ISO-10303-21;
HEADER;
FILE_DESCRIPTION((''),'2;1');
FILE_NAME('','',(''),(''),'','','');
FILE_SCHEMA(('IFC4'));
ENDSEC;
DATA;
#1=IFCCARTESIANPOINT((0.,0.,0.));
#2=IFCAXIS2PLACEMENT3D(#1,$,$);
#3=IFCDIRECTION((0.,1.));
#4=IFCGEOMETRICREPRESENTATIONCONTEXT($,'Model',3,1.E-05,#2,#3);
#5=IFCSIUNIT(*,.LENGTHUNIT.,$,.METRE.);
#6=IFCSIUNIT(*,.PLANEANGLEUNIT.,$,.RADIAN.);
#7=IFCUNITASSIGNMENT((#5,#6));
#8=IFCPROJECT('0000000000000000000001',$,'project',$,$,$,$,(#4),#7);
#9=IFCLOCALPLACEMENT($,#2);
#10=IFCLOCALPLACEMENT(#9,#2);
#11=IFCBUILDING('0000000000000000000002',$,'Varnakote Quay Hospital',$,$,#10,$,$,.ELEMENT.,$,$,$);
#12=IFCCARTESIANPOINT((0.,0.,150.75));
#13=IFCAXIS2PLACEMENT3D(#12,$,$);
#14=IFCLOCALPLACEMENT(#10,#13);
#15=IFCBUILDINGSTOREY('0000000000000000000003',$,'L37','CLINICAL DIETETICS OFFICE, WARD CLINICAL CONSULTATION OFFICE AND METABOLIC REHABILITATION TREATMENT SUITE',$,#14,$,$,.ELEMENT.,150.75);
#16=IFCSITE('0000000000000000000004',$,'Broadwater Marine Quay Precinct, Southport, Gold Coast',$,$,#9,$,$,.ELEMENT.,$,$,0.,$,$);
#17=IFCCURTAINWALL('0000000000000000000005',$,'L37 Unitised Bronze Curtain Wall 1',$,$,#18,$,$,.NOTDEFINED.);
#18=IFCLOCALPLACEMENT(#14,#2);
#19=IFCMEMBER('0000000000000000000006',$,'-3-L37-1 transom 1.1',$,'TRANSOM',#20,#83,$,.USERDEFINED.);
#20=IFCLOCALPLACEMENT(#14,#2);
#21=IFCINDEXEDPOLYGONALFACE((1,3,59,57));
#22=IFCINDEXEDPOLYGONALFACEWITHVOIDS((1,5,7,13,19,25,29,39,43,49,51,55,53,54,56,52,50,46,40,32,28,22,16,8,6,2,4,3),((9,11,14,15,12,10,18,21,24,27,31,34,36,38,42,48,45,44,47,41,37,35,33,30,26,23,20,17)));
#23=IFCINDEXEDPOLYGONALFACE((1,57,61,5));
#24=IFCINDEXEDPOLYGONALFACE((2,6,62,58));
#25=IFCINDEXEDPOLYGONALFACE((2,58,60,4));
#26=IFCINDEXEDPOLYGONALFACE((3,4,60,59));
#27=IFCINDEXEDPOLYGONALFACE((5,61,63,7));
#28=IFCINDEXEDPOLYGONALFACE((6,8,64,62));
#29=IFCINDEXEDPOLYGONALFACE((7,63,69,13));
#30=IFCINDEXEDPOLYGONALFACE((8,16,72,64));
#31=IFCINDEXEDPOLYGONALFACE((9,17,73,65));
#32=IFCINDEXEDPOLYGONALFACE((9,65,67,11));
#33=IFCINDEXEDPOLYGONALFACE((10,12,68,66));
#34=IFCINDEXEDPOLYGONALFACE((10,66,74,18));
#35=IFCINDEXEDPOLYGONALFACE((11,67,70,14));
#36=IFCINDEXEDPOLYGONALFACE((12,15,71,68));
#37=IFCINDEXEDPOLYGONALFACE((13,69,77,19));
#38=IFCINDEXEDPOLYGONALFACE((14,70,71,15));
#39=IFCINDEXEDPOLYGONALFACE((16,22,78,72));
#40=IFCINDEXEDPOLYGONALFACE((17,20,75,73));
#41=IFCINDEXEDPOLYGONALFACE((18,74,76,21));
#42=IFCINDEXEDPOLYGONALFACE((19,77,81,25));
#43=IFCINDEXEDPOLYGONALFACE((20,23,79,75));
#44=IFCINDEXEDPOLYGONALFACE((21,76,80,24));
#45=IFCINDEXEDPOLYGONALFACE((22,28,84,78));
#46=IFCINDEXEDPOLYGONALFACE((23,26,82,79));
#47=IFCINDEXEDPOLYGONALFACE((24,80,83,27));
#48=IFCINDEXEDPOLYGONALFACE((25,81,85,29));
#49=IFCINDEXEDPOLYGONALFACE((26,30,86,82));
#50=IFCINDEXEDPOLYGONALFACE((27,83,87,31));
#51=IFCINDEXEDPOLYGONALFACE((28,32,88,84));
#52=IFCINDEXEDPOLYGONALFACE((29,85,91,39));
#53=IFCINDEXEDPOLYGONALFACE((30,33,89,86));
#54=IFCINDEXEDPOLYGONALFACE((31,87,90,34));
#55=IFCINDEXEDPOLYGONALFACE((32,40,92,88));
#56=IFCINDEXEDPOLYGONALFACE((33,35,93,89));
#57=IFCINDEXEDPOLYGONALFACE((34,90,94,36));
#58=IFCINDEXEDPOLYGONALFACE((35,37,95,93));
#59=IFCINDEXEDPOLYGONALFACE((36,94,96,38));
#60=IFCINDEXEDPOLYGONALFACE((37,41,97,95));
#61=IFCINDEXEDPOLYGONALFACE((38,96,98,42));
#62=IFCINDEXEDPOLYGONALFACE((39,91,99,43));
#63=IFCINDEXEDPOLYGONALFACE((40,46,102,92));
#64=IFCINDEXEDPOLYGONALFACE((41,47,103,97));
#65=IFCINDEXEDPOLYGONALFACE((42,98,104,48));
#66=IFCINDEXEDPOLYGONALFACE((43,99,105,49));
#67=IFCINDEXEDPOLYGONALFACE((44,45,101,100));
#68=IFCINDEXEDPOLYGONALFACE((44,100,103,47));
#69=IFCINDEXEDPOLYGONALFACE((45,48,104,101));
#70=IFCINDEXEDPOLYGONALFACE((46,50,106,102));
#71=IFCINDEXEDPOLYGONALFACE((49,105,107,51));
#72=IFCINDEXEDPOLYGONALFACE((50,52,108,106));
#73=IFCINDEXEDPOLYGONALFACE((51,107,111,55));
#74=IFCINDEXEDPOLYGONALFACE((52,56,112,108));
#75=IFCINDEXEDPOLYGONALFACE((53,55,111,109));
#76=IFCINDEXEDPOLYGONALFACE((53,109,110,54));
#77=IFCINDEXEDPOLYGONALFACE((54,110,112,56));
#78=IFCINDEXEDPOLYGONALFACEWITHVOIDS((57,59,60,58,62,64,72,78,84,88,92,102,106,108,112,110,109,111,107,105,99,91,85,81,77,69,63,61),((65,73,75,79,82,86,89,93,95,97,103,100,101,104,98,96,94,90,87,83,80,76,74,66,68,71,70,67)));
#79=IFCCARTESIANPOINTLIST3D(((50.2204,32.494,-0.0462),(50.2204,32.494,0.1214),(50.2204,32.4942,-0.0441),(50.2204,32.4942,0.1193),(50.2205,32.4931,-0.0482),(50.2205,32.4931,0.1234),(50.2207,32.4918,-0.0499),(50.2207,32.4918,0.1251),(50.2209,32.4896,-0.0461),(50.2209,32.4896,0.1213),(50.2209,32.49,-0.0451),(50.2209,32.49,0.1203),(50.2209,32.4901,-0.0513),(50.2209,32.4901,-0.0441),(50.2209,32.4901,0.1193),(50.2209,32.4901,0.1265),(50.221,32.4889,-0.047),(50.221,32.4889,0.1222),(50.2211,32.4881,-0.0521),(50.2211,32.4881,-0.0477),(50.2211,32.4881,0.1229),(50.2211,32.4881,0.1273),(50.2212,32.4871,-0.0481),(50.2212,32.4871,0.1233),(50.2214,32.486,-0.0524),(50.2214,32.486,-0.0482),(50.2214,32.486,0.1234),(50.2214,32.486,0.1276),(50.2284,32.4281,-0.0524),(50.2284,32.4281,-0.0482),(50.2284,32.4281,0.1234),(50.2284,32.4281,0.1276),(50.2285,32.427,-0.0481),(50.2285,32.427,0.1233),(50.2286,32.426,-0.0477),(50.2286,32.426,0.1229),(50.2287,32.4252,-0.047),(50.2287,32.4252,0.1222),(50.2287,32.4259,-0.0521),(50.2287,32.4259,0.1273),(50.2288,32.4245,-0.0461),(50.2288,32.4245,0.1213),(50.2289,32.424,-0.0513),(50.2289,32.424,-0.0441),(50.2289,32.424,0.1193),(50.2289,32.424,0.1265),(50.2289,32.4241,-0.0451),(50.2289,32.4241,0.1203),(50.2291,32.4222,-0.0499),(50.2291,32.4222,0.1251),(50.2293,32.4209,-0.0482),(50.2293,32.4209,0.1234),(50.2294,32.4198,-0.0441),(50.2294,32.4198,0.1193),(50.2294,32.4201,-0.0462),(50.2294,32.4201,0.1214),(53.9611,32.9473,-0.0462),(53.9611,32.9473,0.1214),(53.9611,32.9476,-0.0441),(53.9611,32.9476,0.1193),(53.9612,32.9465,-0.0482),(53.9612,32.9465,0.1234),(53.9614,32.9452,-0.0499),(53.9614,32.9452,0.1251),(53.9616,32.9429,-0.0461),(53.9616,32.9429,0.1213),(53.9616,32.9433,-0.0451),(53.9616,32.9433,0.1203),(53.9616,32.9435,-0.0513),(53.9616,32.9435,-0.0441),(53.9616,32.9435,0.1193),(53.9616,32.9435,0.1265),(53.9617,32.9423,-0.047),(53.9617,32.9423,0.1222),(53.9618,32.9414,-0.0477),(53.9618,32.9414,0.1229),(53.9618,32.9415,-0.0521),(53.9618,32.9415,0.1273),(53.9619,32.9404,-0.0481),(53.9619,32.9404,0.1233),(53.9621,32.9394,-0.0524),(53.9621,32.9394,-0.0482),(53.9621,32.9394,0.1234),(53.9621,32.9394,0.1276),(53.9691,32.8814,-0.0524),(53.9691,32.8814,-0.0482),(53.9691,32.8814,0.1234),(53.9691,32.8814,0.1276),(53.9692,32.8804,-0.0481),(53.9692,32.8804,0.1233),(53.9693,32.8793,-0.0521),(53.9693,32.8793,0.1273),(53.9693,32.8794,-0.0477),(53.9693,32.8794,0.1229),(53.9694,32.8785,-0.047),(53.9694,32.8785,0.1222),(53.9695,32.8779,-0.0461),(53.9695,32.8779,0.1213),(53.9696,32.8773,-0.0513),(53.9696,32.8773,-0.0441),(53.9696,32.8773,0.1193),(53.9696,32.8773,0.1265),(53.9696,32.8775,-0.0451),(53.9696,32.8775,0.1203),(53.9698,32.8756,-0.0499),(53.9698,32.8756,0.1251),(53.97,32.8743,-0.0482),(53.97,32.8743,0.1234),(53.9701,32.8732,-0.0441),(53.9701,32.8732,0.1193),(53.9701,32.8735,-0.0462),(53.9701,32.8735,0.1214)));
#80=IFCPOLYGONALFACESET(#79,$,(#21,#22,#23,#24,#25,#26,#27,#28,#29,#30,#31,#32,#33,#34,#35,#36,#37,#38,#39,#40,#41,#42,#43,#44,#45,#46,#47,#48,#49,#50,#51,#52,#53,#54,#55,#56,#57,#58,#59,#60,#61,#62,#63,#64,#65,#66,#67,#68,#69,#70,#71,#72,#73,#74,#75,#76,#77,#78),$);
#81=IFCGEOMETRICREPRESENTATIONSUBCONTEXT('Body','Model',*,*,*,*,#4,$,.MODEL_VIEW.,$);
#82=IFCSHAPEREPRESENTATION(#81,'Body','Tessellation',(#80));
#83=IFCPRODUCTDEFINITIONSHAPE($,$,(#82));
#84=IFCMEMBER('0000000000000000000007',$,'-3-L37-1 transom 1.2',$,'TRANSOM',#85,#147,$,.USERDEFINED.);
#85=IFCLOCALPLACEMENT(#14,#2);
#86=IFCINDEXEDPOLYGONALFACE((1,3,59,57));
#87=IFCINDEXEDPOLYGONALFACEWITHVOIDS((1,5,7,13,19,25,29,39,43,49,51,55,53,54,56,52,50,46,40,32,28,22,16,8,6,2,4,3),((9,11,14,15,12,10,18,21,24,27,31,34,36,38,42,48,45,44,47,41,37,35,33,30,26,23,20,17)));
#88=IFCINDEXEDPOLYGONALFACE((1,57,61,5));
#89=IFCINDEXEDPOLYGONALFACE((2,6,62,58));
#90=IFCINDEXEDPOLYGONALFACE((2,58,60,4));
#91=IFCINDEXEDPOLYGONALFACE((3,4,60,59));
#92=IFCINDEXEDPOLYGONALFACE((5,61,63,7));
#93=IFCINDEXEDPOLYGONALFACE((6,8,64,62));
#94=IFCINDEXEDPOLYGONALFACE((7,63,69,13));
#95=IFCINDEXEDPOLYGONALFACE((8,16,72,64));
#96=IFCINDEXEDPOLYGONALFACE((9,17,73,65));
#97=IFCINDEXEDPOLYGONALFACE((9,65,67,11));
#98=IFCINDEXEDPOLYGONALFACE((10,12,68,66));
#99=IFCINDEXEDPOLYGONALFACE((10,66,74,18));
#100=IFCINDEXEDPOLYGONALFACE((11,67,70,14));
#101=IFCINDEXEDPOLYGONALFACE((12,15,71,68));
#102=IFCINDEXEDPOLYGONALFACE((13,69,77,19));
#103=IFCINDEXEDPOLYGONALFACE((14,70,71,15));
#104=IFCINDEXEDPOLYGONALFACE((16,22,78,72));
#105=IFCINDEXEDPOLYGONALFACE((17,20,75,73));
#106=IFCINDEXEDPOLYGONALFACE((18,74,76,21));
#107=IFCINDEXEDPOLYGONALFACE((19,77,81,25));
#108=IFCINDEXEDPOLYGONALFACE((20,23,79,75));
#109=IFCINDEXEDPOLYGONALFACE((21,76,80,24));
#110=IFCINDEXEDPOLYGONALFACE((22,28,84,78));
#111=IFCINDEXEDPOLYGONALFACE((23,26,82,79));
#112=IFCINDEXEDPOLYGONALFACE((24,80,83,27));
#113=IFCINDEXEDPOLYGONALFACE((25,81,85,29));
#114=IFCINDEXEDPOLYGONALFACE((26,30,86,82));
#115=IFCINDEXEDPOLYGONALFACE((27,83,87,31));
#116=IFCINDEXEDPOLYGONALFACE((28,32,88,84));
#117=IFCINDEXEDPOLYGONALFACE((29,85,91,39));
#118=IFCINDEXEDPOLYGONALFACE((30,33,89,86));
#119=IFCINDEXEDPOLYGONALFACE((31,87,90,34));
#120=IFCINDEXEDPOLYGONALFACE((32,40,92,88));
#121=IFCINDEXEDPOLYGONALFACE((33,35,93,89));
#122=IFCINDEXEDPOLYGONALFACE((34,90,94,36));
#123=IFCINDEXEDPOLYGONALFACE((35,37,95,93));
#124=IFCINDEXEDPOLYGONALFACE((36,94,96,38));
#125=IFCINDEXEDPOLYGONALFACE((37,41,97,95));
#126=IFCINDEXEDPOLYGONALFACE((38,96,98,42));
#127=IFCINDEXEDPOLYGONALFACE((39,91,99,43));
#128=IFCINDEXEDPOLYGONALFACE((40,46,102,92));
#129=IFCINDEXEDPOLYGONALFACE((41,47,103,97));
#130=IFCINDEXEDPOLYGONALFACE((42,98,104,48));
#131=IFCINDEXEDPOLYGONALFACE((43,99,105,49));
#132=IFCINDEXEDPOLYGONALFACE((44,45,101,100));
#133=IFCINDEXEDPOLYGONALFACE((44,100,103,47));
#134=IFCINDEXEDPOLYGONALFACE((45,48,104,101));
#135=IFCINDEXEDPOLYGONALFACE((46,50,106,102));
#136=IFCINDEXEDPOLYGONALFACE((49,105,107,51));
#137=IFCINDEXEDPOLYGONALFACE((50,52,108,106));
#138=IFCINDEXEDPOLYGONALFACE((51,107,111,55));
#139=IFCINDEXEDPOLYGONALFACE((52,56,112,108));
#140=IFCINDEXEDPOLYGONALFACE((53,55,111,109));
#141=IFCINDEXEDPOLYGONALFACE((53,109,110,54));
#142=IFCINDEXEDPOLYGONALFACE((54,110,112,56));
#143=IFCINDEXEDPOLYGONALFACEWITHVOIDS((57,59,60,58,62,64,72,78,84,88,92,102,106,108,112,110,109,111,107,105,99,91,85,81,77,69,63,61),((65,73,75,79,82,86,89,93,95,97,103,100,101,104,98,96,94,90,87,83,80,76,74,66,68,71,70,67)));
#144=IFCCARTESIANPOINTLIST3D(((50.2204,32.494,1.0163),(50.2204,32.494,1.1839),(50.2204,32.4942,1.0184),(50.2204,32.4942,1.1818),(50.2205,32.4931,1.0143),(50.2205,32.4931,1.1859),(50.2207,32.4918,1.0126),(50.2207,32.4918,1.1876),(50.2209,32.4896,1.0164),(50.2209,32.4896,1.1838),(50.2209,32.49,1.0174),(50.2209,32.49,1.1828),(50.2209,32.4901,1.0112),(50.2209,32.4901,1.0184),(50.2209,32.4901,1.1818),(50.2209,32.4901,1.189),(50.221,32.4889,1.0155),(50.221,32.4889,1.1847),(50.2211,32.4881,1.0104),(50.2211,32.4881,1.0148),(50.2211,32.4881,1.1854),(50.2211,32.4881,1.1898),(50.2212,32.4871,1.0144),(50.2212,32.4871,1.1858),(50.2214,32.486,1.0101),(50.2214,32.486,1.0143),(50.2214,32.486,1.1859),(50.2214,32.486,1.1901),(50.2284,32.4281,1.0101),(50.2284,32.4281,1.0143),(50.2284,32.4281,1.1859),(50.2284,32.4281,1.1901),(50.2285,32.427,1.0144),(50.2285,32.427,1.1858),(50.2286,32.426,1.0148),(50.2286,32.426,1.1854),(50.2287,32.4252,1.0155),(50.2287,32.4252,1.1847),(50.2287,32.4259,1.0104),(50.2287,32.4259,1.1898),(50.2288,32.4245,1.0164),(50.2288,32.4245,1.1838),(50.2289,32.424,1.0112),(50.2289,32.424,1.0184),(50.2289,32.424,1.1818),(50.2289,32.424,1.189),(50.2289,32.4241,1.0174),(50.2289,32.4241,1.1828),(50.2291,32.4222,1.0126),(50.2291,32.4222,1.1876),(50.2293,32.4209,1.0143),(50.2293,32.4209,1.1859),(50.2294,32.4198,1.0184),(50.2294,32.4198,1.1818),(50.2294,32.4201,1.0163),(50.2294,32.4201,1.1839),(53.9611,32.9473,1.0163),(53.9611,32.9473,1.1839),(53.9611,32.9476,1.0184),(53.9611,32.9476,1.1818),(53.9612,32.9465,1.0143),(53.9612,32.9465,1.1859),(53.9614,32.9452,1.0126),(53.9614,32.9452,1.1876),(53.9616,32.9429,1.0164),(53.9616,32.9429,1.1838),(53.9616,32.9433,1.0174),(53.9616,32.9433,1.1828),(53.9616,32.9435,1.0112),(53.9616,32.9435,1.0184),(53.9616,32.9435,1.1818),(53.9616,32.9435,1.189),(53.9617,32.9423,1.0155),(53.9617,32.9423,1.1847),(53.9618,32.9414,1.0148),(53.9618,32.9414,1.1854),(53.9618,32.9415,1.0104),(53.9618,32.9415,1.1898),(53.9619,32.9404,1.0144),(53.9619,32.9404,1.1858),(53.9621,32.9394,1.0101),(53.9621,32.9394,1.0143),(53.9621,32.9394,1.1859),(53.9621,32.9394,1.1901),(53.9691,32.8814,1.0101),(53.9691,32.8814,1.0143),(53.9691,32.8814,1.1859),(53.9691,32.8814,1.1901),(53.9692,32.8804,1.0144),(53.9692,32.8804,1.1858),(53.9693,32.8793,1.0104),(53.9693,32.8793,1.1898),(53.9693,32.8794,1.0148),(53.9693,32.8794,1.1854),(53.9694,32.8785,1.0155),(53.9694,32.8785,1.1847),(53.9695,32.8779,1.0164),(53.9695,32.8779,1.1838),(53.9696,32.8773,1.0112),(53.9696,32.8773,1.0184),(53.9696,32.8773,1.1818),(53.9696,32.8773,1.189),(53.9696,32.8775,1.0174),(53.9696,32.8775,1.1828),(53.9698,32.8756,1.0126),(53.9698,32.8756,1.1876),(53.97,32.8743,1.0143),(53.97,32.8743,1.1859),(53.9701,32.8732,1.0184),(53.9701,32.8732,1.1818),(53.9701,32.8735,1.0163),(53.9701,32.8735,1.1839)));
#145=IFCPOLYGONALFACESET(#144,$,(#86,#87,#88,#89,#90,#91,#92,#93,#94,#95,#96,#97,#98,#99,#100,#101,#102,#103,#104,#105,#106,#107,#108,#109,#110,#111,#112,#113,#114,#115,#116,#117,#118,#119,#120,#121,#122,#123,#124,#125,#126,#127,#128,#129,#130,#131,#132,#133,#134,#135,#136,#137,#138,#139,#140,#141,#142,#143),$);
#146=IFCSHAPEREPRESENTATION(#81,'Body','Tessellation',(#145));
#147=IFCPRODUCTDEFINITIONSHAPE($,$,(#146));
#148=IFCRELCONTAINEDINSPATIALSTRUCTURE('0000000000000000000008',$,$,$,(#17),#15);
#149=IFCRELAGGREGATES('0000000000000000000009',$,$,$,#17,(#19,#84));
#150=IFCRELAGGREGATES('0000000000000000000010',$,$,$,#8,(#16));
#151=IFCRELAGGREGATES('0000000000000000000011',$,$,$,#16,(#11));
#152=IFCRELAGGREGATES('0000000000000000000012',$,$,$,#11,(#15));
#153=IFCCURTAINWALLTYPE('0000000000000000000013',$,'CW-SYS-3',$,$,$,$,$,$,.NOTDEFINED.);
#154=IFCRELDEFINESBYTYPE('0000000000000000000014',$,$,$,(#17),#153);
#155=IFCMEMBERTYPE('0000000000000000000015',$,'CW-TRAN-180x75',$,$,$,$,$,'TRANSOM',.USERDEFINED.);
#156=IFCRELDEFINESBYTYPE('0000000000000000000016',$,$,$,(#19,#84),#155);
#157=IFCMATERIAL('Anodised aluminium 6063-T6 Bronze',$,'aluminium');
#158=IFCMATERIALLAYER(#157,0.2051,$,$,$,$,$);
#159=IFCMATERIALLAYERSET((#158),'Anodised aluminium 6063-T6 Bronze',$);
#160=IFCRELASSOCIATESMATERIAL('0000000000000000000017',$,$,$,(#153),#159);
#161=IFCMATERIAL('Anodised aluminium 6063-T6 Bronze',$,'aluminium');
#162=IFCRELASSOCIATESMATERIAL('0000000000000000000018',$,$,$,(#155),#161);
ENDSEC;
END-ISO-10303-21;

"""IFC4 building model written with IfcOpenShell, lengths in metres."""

from ifc_helpers import new_model, si_unit, direction, frame, origin, origin_2d, place, context, subcontext, project, spatial, hollow_rectangle, extrude, material, layer, layer_set, material_profile, profile_set, type_object, element, aggregate, save


model = new_model("IFC4")

# Units and contexts
model_context = context("Model", 3, precision=1e-05, world=origin(), true_north=direction((0.0, 1.0)))
body_context = subcontext(model_context, "Body", "Model", "MODEL_VIEW")
ifc_project = project(units=[si_unit("LENGTHUNIT", "METRE"), si_unit("PLANEANGLEUNIT", "RADIAN")], contexts=[model_context])

# Site, building, storey
site_placement = place(None, origin())
site = spatial("IfcSite", under=ifc_project, at=site_placement, Name="Broadwater Marine Quay Precinct, Southport, Gold Coast", CompositionType="ELEMENT", RefElevation=0.0)
building_placement = place(site_placement, origin())
building = spatial("IfcBuilding", under=site, at=building_placement, Name="Varnakote Quay Hospital", CompositionType="ELEMENT")
storey_placement = place(building_placement, frame((0.0, 0.0, 150.75)))
storey = spatial("IfcBuildingStorey", under=building, at=storey_placement, Name="L37", Description="CLINICAL DIETETICS OFFICE, WARD CLINICAL CONSULTATION OFFICE AND METABOLIC REHABILITATION TREATMENT SUITE", CompositionType="ELEMENT", Elevation=150.75)

# Curtain wall, members
ifc_material_1 = material(Name="Anodised aluminium 6063-T6 Bronze", Category="aluminium")
ifc_layer_1 = layer(ifc_material_1, 0.2051)
ifc_layer_set_1 = layer_set([ifc_layer_1], Name="Anodised aluminium 6063-T6 Bronze")
curtain_wall_type = type_object("IfcCurtainWallType", Name="CW-SYS-3", PredefinedType="NOTDEFINED", material=ifc_layer_set_1)
curtain_wall_placement = place(storey_placement, origin())
curtain_wall = element("IfcCurtainWall", 1, at=curtain_wall_placement, inside=storey, type_object=curtain_wall_type, Name="L37 Unitised Bronze Curtain Wall 1", PredefinedType="NOTDEFINED")
ifc_material_2 = material(Name="Anodised aluminium 6063-T6 Bronze", Category="aluminium")
ifc_material_profile_1 = material_profile(ifc_material_2, hollow_rectangle(XDim=0.075, YDim=0.1799, WallThickness=0.0042, InnerFilletRadius=0.0042, OuterFilletRadius=0.0083, at=origin_2d()), Name="CW-TRAN-180x75")
ifc_profile_set_1 = profile_set([ifc_material_profile_1], Name="Anodised aluminium 6063-T6 Bronze")
member_type_1 = type_object("IfcMemberType", Name="CW-TRAN-180x75", ElementType="TRANSOM", PredefinedType="USERDEFINED", material=ifc_profile_set_1)
member_1_placement = place(storey_placement, frame((53.9656, 32.9104, 0.0376), z_axis=(-0.992735, -0.120318, 0.0), x_axis=(0.120318, -0.992735, 0.0)))
member_1 = element("IfcMember", 2, at=member_1_placement, type_object=member_type_1, Name="-3-L37-1 transom 1.1", ObjectType="TRANSOM", PredefinedType="USERDEFINED", context=body_context, shape_type="SweptSolid", body=[
    extrude(hollow_rectangle(XDim=0.075, YDim=0.1799, WallThickness=0.0042, InnerFilletRadius=0.0042, OuterFilletRadius=0.0083, at=origin_2d()), origin(), (0.0, 0.0, 1.0), 3.7681),
])
member_2_placement = place(storey_placement, frame((53.9656, 32.9104, 1.1001), z_axis=(-0.992735, -0.120318, 0.0), x_axis=(0.120318, -0.992735, 0.0)))
member_2 = element("IfcMember", 3, at=member_2_placement, type_object=member_type_1, Name="-3-L37-1 transom 1.2", ObjectType="TRANSOM", PredefinedType="USERDEFINED", context=body_context, shape_type="SweptSolid", body=[
    extrude(hollow_rectangle(XDim=0.075, YDim=0.1799, WallThickness=0.0042, InnerFilletRadius=0.0042, OuterFilletRadius=0.0083, at=origin_2d()), origin(), (0.0, 0.0, 1.0), 3.7681),
])
aggregate(curtain_wall, [member_1, member_2])

save(model, "model.ifc")
